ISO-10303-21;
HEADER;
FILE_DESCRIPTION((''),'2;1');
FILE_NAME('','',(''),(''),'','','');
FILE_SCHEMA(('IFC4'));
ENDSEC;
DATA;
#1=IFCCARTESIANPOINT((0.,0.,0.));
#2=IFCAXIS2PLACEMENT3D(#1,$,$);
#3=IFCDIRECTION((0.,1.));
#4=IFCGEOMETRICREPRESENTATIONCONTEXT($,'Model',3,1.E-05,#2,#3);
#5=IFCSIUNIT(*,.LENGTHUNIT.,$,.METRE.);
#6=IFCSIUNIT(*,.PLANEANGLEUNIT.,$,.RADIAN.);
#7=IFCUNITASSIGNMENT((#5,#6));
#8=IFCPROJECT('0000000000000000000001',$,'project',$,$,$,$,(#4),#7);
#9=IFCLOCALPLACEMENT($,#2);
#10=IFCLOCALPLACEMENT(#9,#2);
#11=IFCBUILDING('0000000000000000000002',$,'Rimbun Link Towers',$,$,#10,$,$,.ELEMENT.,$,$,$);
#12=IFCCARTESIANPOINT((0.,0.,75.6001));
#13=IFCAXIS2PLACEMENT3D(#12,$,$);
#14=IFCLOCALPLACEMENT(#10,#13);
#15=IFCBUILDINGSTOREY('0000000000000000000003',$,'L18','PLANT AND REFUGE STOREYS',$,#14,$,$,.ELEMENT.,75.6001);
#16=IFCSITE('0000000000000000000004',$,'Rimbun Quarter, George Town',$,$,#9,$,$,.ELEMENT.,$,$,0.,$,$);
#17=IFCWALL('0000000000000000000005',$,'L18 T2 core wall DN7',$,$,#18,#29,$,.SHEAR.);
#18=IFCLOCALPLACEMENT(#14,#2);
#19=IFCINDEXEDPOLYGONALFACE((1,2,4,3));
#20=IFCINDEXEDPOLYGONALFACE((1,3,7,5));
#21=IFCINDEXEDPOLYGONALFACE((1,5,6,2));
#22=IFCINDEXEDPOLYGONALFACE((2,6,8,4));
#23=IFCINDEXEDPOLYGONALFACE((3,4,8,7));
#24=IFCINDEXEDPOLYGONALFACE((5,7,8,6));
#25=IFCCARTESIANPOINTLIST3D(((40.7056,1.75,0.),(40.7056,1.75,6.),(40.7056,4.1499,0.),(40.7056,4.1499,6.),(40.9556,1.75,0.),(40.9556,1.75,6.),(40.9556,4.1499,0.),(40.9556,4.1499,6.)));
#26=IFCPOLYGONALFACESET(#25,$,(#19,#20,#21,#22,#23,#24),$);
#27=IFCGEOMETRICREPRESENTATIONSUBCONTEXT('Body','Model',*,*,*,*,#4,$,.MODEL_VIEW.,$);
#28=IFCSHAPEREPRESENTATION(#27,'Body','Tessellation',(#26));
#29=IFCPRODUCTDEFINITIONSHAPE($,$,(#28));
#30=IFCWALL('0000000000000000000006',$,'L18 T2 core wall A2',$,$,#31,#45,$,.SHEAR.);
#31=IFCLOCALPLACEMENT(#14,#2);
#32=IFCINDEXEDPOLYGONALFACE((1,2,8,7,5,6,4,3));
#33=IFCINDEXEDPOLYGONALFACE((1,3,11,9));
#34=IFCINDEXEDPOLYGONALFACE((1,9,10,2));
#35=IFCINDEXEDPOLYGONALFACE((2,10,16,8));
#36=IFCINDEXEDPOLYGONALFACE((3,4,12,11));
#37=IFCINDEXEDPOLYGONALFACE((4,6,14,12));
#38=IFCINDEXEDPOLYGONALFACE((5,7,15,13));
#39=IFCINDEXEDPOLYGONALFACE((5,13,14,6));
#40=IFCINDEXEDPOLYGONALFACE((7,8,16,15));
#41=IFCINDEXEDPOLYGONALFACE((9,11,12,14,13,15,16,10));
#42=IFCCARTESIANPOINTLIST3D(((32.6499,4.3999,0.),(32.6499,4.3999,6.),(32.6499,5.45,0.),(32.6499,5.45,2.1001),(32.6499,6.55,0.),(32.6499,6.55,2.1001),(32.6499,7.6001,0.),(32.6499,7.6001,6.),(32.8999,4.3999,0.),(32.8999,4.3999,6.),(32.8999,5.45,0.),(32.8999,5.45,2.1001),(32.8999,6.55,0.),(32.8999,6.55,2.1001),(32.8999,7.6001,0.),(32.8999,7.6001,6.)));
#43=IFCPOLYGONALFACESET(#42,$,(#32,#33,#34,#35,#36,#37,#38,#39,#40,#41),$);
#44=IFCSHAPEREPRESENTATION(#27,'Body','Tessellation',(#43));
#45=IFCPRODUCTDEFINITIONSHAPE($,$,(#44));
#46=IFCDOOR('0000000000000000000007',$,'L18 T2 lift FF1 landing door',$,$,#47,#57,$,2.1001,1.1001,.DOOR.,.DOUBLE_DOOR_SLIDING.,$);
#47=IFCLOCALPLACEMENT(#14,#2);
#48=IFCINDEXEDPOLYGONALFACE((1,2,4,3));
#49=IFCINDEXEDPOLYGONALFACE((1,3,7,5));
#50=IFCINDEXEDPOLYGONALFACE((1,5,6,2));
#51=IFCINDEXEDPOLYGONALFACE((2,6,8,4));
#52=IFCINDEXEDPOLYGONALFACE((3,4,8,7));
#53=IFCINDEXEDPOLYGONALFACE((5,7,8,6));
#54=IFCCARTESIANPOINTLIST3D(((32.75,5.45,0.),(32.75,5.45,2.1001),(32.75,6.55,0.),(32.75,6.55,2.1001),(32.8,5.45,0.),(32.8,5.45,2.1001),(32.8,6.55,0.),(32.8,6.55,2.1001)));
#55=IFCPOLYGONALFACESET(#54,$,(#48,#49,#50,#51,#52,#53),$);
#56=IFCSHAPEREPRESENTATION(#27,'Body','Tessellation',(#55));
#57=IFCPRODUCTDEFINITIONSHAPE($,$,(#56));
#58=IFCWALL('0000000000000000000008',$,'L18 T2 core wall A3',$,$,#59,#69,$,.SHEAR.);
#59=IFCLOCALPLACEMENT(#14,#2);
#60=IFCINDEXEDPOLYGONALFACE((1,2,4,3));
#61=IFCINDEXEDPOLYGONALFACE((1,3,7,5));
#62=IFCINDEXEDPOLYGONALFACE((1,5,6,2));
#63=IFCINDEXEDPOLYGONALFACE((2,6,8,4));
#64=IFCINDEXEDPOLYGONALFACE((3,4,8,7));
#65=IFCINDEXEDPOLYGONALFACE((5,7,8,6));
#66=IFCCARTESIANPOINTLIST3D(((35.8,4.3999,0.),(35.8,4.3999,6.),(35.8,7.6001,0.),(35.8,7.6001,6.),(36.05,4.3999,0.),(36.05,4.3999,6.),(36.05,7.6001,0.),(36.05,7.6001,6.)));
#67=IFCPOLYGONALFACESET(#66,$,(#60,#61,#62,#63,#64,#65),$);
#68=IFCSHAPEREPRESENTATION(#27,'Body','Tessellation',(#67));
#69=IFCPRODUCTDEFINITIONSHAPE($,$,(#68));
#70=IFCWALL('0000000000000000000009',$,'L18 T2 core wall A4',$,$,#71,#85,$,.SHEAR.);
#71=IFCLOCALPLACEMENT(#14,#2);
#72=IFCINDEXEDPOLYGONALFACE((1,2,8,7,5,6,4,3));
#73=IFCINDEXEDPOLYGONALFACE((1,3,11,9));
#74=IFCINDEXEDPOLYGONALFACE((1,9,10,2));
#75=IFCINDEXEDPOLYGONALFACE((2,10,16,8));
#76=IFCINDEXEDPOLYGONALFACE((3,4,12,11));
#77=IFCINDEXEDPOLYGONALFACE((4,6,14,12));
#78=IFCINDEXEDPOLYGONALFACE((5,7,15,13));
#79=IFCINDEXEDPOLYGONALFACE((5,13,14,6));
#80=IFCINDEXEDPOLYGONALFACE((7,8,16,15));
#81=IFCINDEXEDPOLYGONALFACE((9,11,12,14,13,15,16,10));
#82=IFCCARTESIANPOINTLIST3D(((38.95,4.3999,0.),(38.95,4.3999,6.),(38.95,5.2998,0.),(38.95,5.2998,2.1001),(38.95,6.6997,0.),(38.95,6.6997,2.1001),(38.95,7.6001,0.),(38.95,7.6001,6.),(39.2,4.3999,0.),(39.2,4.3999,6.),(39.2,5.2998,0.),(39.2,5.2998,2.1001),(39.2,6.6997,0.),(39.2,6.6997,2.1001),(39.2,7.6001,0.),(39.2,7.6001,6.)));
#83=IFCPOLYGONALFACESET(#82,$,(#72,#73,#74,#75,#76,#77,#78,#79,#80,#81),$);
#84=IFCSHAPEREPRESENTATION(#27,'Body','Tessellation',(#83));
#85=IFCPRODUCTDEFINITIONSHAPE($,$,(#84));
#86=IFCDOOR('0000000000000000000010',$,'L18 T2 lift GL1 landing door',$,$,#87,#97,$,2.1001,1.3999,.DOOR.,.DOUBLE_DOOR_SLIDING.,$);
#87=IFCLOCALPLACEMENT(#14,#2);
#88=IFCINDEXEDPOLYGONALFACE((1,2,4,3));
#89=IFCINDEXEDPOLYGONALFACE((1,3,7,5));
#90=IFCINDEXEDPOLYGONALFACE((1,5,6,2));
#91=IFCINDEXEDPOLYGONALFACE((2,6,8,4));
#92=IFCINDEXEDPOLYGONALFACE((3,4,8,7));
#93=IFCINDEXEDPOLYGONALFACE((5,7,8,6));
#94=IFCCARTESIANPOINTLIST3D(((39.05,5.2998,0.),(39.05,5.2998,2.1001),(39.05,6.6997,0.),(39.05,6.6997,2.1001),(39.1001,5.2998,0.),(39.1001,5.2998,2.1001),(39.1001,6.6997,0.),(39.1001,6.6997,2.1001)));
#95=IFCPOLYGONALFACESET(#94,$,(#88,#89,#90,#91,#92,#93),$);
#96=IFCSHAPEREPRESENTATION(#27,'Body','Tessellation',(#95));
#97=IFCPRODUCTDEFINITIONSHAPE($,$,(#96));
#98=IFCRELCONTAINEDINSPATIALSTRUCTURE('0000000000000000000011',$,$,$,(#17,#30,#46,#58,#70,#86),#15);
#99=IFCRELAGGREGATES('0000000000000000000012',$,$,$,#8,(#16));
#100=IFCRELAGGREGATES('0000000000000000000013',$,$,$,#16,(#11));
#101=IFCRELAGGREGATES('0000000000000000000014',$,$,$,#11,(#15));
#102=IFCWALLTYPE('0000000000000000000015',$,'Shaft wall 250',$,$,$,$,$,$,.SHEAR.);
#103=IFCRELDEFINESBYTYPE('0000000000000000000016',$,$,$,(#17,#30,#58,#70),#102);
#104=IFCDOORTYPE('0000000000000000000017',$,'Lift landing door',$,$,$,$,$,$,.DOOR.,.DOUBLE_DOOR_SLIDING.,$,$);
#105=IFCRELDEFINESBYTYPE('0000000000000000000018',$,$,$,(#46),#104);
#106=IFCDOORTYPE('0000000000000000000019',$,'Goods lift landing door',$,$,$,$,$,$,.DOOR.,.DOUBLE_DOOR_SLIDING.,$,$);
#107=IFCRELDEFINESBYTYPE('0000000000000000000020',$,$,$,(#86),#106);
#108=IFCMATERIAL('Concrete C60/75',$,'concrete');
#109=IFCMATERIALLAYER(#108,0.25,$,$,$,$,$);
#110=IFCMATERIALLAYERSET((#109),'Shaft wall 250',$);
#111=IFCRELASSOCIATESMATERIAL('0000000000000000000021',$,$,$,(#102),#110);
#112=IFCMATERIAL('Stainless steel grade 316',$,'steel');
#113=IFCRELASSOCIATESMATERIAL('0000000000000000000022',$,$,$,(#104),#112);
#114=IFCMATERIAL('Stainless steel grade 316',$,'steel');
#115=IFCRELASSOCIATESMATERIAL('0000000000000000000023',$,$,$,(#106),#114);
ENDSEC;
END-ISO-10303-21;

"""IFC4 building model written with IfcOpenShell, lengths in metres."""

from ifc_helpers import new_model, si_unit, direction, frame, frame_2d, origin, place, context, subcontext, project, spatial, rectangle, extrude, material, layer, layer_set, type_object, element, fill, save


model = new_model("IFC4")

# Units and contexts
model_context = context("Model", 3, precision=1e-05, world=origin(), true_north=direction((0.0, 1.0)))
body_context = subcontext(model_context, "Body", "Model", "MODEL_VIEW")
ifc_project = project(units=[si_unit("LENGTHUNIT", "METRE"), si_unit("PLANEANGLEUNIT", "RADIAN")], contexts=[model_context])

# Site, building, storey
site_placement = place(None, origin())
site = spatial("IfcSite", under=ifc_project, at=site_placement, Name="Rimbun Quarter, George Town", CompositionType="ELEMENT", RefElevation=0.0)
building_placement = place(site_placement, origin())
building = spatial("IfcBuilding", under=site, at=building_placement, Name="Rimbun Link Towers", CompositionType="ELEMENT")
storey_placement = place(building_placement, frame((0.0, 0.0, 75.6001)))
storey = spatial("IfcBuildingStorey", under=building, at=storey_placement, Name="L18", Description="PLANT AND REFUGE STOREYS", CompositionType="ELEMENT", Elevation=75.6001)

# Wall
ifc_material_1 = material(Name="Concrete C60/75", Category="concrete")
ifc_layer_1 = layer(ifc_material_1, 0.25)
ifc_layer_set_1 = layer_set([ifc_layer_1], Name="Shaft wall 250")
wall_type_1 = type_object("IfcWallType", Name="Shaft wall 250", PredefinedType="SHEAR", material=ifc_layer_set_1)
for number, where, z_axis, x_axis, name in (
    (1, (40.8306, 1.75, 0.0), (0.0, 0.0, 1.0), (0.0, 1.0, 0.0), "L18 T2 core wall DN7"),
):
    element("IfcWall", number, at=place(storey_placement, frame(where, z_axis=z_axis, x_axis=x_axis)), inside=storey, type_object=wall_type_1, Name=name, PredefinedType="SHEAR", context=body_context, shape_type="SweptSolid", body=[
        extrude(rectangle(XDim=2.3999, YDim=0.25, at=frame_2d((1.2, 0.0))), origin(), (0.0, 0.0, 1.0), 6.0),
    ])

# Wall, opening, door
wall_1_placement = place(storey_placement, frame((32.7749, 4.3999, 0.0), z_axis=(0.0, 0.0, 1.0), x_axis=(0.0, 1.0, 0.0)))
wall_1 = element("IfcWall", 2, at=wall_1_placement, inside=storey, type_object=wall_type_1, Name="L18 T2 core wall A2", PredefinedType="SHEAR", context=body_context, shape_type="SweptSolid", body=[
    extrude(rectangle(XDim=3.2002, YDim=0.25, at=frame_2d((1.6001, 0.0))), origin(), (0.0, 0.0, 1.0), 6.0),
])
opening_1_placement = place(wall_1_placement, frame((1.05, 0.0, 0.0)))
opening_1 = element("IfcOpeningElement", 3, at=opening_1_placement, cuts=wall_1, PredefinedType="OPENING", context=body_context, shape_type="SweptSolid", body=[
    extrude(rectangle(XDim=1.1001, YDim=2.1001, at=frame_2d((0.55, 1.05))), frame((0.0, 0.135, 0.0), z_axis=(0.0, -1.0, 0.0), x_axis=(1.0, 0.0, 0.0)), (0.0, 0.0, 1.0), 0.27),
])
ifc_material_2 = material(Name="Stainless steel grade 316", Category="steel")
door_type_1 = type_object("IfcDoorType", Name="Lift landing door", OperationType="DOUBLE_DOOR_SLIDING", PredefinedType="DOOR", material=ifc_material_2)
door_1_placement = place(opening_1_placement, origin())
door_1 = element("IfcDoor", 4, at=door_1_placement, inside=storey, type_object=door_type_1, Name="L18 T2 lift FF1 landing door", OperationType="DOUBLE_DOOR_SLIDING", OverallHeight=2.1001, OverallWidth=1.1001, PredefinedType="DOOR", context=body_context, shape_type="SweptSolid", body=[
    extrude(rectangle(XDim=1.1001, YDim=2.1001, at=frame_2d((0.55, 1.05))), frame((0.0, 0.0249, 0.0), z_axis=(0.0, -1.0, 0.0), x_axis=(1.0, 0.0, 0.0)), (0.0, 0.0, 1.0), 0.05),
])
fill(opening_1, door_1)

# Wall
wall_2_placement = place(storey_placement, frame((35.925, 4.3999, 0.0), z_axis=(0.0, 0.0, 1.0), x_axis=(0.0, 1.0, 0.0)))
element("IfcWall", 5, at=wall_2_placement, inside=storey, type_object=wall_type_1, Name="L18 T2 core wall A3", PredefinedType="SHEAR", context=body_context, shape_type="SweptSolid", body=[
    extrude(rectangle(XDim=3.2002, YDim=0.25, at=frame_2d((1.6001, 0.0))), origin(), (0.0, 0.0, 1.0), 6.0),
])

# Wall, opening, door
wall_3_placement = place(storey_placement, frame((39.075, 4.3999, 0.0), z_axis=(0.0, 0.0, 1.0), x_axis=(0.0, 1.0, 0.0)))
wall_3 = element("IfcWall", 6, at=wall_3_placement, inside=storey, type_object=wall_type_1, Name="L18 T2 core wall A4", PredefinedType="SHEAR", context=body_context, shape_type="SweptSolid", body=[
    extrude(rectangle(XDim=3.2002, YDim=0.25, at=frame_2d((1.6001, 0.0))), origin(), (0.0, 0.0, 1.0), 6.0),
])
opening_2_placement = place(wall_3_placement, frame((0.8999, 0.0, 0.0)))
opening_2 = element("IfcOpeningElement", 7, at=opening_2_placement, cuts=wall_3, PredefinedType="OPENING", context=body_context, shape_type="SweptSolid", body=[
    extrude(rectangle(XDim=1.3999, YDim=2.1001, at=frame_2d((0.7, 1.05))), frame((0.0, 0.135, 0.0), z_axis=(0.0, -1.0, 0.0), x_axis=(1.0, 0.0, 0.0)), (0.0, 0.0, 1.0), 0.27),
])
ifc_material_3 = material(Name="Stainless steel grade 316", Category="steel")
door_type_2 = type_object("IfcDoorType", Name="Goods lift landing door", OperationType="DOUBLE_DOOR_SLIDING", PredefinedType="DOOR", material=ifc_material_3)
door_2_placement = place(opening_2_placement, origin())
door_2 = element("IfcDoor", 8, at=door_2_placement, inside=storey, type_object=door_type_2, Name="L18 T2 lift GL1 landing door", OperationType="DOUBLE_DOOR_SLIDING", OverallHeight=2.1001, OverallWidth=1.3999, PredefinedType="DOOR", context=body_context, shape_type="SweptSolid", body=[
    extrude(rectangle(XDim=1.3999, YDim=2.1001, at=frame_2d((0.7, 1.05))), frame((0.0, 0.0249, 0.0), z_axis=(0.0, -1.0, 0.0), x_axis=(1.0, 0.0, 0.0)), (0.0, 0.0, 1.0), 0.05),
])
fill(opening_2, door_2)

save(model, "model.ifc")
